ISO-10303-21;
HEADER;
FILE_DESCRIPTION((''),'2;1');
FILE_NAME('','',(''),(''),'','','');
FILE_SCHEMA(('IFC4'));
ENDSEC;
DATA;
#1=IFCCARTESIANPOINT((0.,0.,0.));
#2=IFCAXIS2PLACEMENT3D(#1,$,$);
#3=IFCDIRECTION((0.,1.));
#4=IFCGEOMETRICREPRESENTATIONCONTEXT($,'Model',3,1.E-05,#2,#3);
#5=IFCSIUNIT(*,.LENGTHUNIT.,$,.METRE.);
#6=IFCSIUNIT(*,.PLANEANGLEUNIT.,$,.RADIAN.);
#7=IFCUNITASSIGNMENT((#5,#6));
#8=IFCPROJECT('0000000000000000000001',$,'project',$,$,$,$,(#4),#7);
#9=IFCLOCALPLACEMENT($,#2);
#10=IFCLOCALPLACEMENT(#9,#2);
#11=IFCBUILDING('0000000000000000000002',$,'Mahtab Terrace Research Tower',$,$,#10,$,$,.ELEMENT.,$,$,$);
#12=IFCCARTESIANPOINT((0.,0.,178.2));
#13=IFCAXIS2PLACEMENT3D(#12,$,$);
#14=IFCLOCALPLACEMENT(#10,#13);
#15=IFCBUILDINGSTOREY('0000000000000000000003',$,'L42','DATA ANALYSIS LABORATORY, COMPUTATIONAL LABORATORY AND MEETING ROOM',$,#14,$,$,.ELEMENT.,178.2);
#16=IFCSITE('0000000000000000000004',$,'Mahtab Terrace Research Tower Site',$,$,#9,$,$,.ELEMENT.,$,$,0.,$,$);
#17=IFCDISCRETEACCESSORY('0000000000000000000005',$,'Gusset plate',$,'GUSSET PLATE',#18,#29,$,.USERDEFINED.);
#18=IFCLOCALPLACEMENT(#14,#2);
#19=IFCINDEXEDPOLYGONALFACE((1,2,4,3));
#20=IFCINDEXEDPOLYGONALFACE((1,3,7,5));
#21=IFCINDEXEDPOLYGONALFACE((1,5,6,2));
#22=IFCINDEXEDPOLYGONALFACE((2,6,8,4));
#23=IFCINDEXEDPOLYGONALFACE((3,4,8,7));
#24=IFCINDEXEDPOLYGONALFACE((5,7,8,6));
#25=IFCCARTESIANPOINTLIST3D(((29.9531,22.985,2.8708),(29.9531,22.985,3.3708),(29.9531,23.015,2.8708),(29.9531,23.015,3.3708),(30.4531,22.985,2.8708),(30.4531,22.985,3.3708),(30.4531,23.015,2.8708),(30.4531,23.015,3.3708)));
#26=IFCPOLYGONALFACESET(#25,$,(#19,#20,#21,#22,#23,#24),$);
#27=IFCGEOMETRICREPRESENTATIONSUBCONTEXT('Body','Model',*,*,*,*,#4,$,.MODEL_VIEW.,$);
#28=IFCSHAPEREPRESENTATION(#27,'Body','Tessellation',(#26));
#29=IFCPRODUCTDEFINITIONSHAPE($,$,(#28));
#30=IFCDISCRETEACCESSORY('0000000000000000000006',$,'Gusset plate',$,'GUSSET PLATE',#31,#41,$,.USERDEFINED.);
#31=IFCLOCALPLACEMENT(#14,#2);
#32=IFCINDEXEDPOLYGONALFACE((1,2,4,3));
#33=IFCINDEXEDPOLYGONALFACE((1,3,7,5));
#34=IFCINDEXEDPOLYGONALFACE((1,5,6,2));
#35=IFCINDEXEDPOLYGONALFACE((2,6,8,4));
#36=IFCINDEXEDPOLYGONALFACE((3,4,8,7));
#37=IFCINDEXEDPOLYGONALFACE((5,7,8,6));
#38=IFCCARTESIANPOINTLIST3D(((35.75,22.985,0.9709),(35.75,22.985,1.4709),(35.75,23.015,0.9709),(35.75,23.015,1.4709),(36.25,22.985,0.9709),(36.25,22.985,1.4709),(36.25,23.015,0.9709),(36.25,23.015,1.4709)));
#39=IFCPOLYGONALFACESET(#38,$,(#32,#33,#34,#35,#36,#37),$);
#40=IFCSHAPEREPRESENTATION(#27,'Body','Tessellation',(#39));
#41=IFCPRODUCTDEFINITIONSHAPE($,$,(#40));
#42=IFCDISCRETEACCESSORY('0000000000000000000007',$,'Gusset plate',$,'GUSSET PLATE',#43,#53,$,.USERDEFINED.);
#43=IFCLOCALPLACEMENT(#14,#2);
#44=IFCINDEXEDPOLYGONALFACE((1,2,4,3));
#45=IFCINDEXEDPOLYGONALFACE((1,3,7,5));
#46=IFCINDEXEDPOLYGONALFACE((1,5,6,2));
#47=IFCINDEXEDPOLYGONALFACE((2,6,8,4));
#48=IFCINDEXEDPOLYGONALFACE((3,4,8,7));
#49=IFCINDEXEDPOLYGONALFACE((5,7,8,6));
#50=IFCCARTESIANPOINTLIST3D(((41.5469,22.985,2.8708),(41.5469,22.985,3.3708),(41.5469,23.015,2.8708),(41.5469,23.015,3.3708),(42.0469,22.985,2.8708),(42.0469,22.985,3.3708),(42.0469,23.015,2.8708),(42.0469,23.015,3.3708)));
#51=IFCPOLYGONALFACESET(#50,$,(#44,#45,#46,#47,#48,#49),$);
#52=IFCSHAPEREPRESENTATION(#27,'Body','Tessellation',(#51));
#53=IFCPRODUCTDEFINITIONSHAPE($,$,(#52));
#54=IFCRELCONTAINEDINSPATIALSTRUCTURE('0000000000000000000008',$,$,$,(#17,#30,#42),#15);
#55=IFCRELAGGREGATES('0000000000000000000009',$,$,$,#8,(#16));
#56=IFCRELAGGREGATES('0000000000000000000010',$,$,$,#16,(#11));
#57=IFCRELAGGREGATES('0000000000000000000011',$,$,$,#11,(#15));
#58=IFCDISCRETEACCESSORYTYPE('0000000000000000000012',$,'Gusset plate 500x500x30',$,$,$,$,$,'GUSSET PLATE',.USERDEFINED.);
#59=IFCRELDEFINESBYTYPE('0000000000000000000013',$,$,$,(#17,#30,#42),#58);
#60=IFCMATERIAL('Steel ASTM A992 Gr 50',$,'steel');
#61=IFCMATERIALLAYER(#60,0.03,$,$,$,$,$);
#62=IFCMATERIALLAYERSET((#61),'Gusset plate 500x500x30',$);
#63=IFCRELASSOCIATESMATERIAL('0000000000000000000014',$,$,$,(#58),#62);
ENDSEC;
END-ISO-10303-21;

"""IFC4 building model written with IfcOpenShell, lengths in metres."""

from ifc_helpers import new_model, si_unit, direction, frame, origin, origin_2d, place, context, subcontext, project, spatial, rectangle, extrude, material, layer, layer_set, type_object, element, save


model = new_model("IFC4")

# Units and contexts
model_context = context("Model", 3, precision=1e-05, world=origin(), true_north=direction((0.0, 1.0)))
body_context = subcontext(model_context, "Body", "Model", "MODEL_VIEW")
ifc_project = project(units=[si_unit("LENGTHUNIT", "METRE"), si_unit("PLANEANGLEUNIT", "RADIAN")], contexts=[model_context])

# Site, building, storey
site_placement = place(None, origin())
site = spatial("IfcSite", under=ifc_project, at=site_placement, Name="Mahtab Terrace Research Tower Site", CompositionType="ELEMENT", RefElevation=0.0)
building_placement = place(site_placement, origin())
building = spatial("IfcBuilding", under=site, at=building_placement, Name="Mahtab Terrace Research Tower", CompositionType="ELEMENT")
storey_placement = place(building_placement, frame((0.0, 0.0, 178.2)))
storey = spatial("IfcBuildingStorey", under=building, at=storey_placement, Name="L42", Description="DATA ANALYSIS LABORATORY, COMPUTATIONAL LABORATORY AND MEETING ROOM", CompositionType="ELEMENT", Elevation=178.2)

# Shared definitions
ifc_material_1 = material(Name="Steel ASTM A992 Gr 50", Category="steel")

# Discrete accessories
ifc_layer_1 = layer(ifc_material_1, 0.03)
ifc_layer_set_1 = layer_set([ifc_layer_1], Name="Gusset plate 500x500x30")
discrete_accessory_type = type_object("IfcDiscreteAccessoryType", Name="Gusset plate 500x500x30", ElementType="GUSSET PLATE", PredefinedType="USERDEFINED", material=ifc_layer_set_1)
for number, where, z_axis, x_axis, name in (
    (1, (30.2031, 23.0, 2.8708), (0.0, 0.0, 1.0), (1.0, 0.0, 0.0), "Gusset plate"),
    (2, (36.0, 23.0, 0.9709), (0.0, 0.0, 1.0), (1.0, 0.0, 0.0), "Gusset plate"),
    (3, (41.7969, 23.0, 2.8708), (0.0, 0.0, 1.0), (1.0, 0.0, 0.0), "Gusset plate"),
):
    element("IfcDiscreteAccessory", number, at=place(storey_placement, frame(where, z_axis=z_axis, x_axis=x_axis)), inside=storey, type_object=discrete_accessory_type, Name=name, ObjectType="GUSSET PLATE", PredefinedType="USERDEFINED", context=body_context, shape_type="SweptSolid", body=[
        extrude(rectangle(XDim=0.5, YDim=0.03, at=origin_2d()), origin(), (0.0, 0.0, 1.0), 0.5),
    ])

save(model, "model.ifc")
